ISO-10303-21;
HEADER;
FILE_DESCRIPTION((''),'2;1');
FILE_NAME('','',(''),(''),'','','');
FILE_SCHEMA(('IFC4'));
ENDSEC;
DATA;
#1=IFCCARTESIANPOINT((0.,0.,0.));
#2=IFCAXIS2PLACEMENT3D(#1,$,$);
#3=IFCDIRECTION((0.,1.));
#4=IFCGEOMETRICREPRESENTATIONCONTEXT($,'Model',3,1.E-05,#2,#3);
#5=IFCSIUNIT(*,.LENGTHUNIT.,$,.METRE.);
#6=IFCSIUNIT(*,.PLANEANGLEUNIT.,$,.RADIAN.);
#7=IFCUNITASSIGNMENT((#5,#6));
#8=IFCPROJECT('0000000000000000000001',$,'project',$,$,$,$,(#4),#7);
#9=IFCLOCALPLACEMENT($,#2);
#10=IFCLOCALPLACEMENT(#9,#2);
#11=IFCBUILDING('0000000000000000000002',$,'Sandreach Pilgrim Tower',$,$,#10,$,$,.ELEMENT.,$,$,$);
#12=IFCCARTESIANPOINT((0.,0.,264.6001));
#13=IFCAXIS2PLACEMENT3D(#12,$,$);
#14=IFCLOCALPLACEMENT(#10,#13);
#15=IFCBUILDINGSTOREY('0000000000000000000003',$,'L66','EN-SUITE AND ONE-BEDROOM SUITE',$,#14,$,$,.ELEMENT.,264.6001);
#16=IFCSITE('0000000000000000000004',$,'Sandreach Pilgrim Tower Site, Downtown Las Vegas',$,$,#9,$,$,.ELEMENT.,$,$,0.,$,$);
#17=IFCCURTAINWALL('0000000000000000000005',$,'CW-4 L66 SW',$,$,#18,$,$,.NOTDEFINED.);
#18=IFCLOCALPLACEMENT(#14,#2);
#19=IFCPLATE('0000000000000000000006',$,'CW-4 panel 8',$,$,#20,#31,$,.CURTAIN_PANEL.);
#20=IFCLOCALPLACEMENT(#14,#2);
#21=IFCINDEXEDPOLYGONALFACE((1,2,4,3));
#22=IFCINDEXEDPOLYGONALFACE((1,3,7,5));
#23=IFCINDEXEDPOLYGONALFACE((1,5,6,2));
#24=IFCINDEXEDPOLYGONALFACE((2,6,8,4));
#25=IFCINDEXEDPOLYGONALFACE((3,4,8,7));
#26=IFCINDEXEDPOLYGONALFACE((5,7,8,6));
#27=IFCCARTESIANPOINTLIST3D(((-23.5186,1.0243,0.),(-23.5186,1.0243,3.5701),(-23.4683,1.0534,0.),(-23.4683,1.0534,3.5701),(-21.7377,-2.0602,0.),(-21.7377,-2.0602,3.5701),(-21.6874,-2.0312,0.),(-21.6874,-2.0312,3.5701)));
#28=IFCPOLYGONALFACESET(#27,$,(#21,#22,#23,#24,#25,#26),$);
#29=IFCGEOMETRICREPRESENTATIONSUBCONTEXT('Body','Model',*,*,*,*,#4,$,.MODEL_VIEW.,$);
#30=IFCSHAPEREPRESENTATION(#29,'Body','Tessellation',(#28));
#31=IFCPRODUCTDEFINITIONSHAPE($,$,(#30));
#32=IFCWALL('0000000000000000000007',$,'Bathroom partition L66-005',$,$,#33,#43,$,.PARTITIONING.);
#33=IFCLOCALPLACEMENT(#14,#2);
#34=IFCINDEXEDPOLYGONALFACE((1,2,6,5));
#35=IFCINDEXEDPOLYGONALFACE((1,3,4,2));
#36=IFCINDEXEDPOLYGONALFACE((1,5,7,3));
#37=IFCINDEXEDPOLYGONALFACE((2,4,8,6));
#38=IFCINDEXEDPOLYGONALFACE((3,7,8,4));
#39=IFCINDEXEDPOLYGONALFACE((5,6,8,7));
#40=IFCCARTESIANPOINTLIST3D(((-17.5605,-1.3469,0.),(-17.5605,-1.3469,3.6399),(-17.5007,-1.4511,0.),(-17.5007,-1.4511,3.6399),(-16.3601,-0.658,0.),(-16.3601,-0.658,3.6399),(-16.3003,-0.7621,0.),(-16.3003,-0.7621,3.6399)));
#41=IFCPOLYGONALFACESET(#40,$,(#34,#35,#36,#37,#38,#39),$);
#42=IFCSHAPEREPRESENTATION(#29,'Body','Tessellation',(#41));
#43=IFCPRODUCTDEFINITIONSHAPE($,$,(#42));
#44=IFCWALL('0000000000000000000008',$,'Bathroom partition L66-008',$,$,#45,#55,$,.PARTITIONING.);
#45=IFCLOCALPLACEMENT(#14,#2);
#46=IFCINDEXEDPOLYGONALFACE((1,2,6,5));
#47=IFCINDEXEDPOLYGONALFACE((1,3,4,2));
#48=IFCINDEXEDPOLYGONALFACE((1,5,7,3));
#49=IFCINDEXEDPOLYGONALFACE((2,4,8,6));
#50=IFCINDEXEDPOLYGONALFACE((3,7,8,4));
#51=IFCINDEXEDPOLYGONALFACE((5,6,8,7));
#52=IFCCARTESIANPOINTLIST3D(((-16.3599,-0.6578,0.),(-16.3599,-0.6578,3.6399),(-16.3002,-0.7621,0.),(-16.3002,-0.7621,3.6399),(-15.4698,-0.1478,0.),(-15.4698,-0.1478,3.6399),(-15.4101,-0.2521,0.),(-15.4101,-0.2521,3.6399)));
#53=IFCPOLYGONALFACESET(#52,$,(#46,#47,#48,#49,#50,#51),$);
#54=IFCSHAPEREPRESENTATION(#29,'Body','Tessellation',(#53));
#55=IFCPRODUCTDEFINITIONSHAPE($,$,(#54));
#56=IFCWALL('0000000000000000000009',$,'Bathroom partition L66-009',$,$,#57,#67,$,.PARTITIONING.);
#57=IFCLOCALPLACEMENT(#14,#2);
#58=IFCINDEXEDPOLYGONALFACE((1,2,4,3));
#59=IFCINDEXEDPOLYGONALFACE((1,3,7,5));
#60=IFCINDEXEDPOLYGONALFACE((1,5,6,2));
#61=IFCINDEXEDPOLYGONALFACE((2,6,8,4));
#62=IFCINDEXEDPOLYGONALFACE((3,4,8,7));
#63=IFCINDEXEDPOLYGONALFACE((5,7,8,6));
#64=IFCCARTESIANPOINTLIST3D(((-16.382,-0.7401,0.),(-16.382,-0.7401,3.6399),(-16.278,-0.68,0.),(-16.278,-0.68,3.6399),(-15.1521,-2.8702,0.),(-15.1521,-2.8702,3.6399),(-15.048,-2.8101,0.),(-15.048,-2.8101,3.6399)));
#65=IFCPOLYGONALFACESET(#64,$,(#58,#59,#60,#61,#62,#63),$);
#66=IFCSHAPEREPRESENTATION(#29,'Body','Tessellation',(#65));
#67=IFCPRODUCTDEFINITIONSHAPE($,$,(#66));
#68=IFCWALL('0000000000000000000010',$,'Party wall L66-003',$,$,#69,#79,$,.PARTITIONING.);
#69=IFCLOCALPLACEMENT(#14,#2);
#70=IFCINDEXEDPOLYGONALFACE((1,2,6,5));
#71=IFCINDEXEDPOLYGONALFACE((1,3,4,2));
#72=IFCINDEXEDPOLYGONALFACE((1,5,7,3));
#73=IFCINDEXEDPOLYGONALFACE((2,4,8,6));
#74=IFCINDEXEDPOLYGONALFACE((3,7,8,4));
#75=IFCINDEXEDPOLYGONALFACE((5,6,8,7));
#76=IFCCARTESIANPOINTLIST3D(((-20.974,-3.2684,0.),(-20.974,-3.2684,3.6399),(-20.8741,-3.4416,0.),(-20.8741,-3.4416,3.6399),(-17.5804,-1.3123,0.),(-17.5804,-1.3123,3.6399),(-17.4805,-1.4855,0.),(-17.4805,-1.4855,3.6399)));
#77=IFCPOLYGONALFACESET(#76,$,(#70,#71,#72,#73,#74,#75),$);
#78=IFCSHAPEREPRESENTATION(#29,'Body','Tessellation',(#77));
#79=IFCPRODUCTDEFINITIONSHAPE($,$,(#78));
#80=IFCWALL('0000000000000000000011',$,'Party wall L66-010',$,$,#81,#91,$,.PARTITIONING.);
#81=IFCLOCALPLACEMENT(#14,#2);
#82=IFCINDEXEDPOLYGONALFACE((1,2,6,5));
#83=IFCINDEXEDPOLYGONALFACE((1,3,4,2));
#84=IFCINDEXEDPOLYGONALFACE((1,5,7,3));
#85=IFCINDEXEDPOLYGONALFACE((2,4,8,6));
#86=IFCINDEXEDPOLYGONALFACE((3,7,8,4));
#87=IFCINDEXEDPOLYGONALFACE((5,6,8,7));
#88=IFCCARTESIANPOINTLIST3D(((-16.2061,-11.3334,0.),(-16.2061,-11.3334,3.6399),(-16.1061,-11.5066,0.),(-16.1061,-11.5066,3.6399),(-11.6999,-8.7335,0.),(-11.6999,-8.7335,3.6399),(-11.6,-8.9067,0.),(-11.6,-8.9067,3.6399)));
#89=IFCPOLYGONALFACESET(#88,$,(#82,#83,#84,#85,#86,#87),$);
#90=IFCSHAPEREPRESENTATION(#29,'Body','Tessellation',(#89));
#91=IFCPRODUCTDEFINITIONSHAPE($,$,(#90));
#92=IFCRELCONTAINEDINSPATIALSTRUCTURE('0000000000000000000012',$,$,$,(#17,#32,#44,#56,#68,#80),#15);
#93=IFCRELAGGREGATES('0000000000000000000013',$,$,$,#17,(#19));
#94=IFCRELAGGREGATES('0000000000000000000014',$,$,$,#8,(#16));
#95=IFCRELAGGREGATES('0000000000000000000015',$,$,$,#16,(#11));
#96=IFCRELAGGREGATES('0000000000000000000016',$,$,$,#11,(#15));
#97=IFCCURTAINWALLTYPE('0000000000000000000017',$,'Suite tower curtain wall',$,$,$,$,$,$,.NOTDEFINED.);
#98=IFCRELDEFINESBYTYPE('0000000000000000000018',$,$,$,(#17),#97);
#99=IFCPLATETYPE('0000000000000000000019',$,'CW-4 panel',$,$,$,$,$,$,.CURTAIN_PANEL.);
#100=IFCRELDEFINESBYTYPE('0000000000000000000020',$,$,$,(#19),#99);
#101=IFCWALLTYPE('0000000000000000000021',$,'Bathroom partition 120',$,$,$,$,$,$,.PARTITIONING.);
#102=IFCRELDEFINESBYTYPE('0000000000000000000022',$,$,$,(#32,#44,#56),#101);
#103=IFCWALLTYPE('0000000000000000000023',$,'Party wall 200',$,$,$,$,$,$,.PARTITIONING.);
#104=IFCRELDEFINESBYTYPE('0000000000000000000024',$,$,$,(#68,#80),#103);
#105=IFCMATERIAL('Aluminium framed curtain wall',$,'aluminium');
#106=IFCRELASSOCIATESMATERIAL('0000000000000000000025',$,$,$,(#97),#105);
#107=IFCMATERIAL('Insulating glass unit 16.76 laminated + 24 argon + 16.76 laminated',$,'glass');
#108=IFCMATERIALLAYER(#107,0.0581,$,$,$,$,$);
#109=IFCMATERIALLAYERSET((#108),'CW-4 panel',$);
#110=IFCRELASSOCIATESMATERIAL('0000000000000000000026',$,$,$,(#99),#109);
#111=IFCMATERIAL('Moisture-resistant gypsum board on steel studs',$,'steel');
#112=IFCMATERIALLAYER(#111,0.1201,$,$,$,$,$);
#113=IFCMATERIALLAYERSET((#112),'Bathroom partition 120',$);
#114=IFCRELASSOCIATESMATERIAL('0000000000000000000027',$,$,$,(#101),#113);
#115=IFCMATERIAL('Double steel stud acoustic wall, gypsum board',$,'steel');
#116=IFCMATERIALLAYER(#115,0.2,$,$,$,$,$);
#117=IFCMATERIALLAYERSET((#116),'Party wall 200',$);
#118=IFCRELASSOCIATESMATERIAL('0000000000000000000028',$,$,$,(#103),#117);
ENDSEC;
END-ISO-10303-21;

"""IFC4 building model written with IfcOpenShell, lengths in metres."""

from ifc_helpers import new_model, si_unit, direction, frame, frame_2d, origin, origin_2d, place, context, subcontext, project, spatial, rectangle, extrude, material, layer, layer_set, type_object, element, aggregate, save


model = new_model("IFC4")

# Units and contexts
model_context = context("Model", 3, precision=1e-05, world=origin(), true_north=direction((0.0, 1.0)))
body_context = subcontext(model_context, "Body", "Model", "MODEL_VIEW")
ifc_project = project(units=[si_unit("LENGTHUNIT", "METRE"), si_unit("PLANEANGLEUNIT", "RADIAN")], contexts=[model_context])

# Site, building, storey
site_placement = place(None, origin())
site = spatial("IfcSite", under=ifc_project, at=site_placement, Name="Sandreach Pilgrim Tower Site, Downtown Las Vegas", CompositionType="ELEMENT", RefElevation=0.0)
building_placement = place(site_placement, origin())
building = spatial("IfcBuilding", under=site, at=building_placement, Name="Sandreach Pilgrim Tower", CompositionType="ELEMENT")
storey_placement = place(building_placement, frame((0.0, 0.0, 264.6001)))
storey = spatial("IfcBuildingStorey", under=building, at=storey_placement, Name="L66", Description="EN-SUITE AND ONE-BEDROOM SUITE", CompositionType="ELEMENT", Elevation=264.6001)

# Curtain wall
ifc_material_1 = material(Name="Aluminium framed curtain wall", Category="aluminium")
curtain_wall_type = type_object("IfcCurtainWallType", Name="Suite tower curtain wall", PredefinedType="NOTDEFINED", material=ifc_material_1)
curtain_wall_placement = place(storey_placement, origin())
curtain_wall = element("IfcCurtainWall", 1, at=curtain_wall_placement, inside=storey, type_object=curtain_wall_type, Name="CW-4 L66 SW", PredefinedType="NOTDEFINED")

# Plate
ifc_material_2 = material(Name="Insulating glass unit 16.76 laminated + 24 argon + 16.76 laminated", Category="glass")
ifc_layer_1 = layer(ifc_material_2, 0.0581)
ifc_layer_set_1 = layer_set([ifc_layer_1], Name="CW-4 panel")
plate_type = type_object("IfcPlateType", Name="CW-4 panel", PredefinedType="CURTAIN_PANEL", material=ifc_layer_set_1)
plate_1_placement = place(storey_placement, frame((-22.603, -0.5034, 0.0), z_axis=(0.0, 0.0, 1.0), x_axis=(-0.5, 0.866025, 0.0)))
plate_1 = element("IfcPlate", 2, at=plate_1_placement, type_object=plate_type, Name="CW-4 panel 8", PredefinedType="CURTAIN_PANEL", context=body_context, shape_type="SweptSolid", body=[
    extrude(rectangle(XDim=3.5618, YDim=0.0581, at=origin_2d()), origin(), (0.0, 0.0, 1.0), 3.5701),
])
aggregate(curtain_wall, [plate_1])

# Walls
ifc_material_3 = material(Name="Moisture-resistant gypsum board on steel studs", Category="steel")
ifc_layer_2 = layer(ifc_material_3, 0.1201)
ifc_layer_set_2 = layer_set([ifc_layer_2], Name="Bathroom partition 120")
wall_type_1 = type_object("IfcWallType", Name="Bathroom partition 120", PredefinedType="PARTITIONING", material=ifc_layer_set_2)
wall_1_placement = place(storey_placement, frame((-17.5305, -1.3989, 0.0), z_axis=(0.0, 0.0, 1.0), x_axis=(0.867308, 0.497772, 0.0)))
element("IfcWall", 3, at=wall_1_placement, inside=storey, type_object=wall_type_1, Name="Bathroom partition L66-005", PredefinedType="PARTITIONING", context=body_context, shape_type="SweptSolid", body=[
    extrude(rectangle(XDim=1.384, YDim=0.1201, at=frame_2d((0.6919, 0.0))), origin(), (0.0, 0.0, 1.0), 3.6399),
])
wall_2_placement = place(storey_placement, frame((-16.3301, -0.71, 0.0), z_axis=(0.0, 0.0, 1.0), x_axis=(0.867671, 0.497138, 0.0)))
element("IfcWall", 4, at=wall_2_placement, inside=storey, type_object=wall_type_1, Name="Bathroom partition L66-008", PredefinedType="PARTITIONING", context=body_context, shape_type="SweptSolid", body=[
    extrude(rectangle(XDim=1.0259, YDim=0.1201, at=frame_2d((0.5129, 0.0))), origin(), (0.0, 0.0, 1.0), 3.6399),
])
wall_3_placement = place(storey_placement, frame((-16.3301, -0.71, 0.0), z_axis=(0.0, 0.0, 1.0), x_axis=(0.500046, -0.865999, 0.0)))
element("IfcWall", 5, at=wall_3_placement, inside=storey, type_object=wall_type_1, Name="Bathroom partition L66-009", PredefinedType="PARTITIONING", context=body_context, shape_type="SweptSolid", body=[
    extrude(rectangle(XDim=2.4597, YDim=0.1201, at=frame_2d((1.23, 0.0))), origin(), (0.0, 0.0, 1.0), 3.6399),
])
ifc_material_4 = material(Name="Double steel stud acoustic wall, gypsum board", Category="steel")
ifc_layer_3 = layer(ifc_material_4, 0.2)
ifc_layer_set_3 = layer_set([ifc_layer_3], Name="Party wall 200")
wall_type_2 = type_object("IfcWallType", Name="Party wall 200", PredefinedType="PARTITIONING", material=ifc_layer_set_3)
wall_4_placement = place(storey_placement, frame((-20.9241, -3.355, 0.0), z_axis=(0.0, 0.0, 1.0), x_axis=(0.866381, 0.499384, 0.0)))
element("IfcWall", 6, at=wall_4_placement, inside=storey, type_object=wall_type_2, Name="Party wall L66-003", PredefinedType="PARTITIONING", context=body_context, shape_type="SweptSolid", body=[
    extrude(rectangle(XDim=3.917, YDim=0.2, at=frame_2d((1.9585, 0.0))), origin(), (0.0, 0.0, 1.0), 3.6399),
])
wall_5_placement = place(storey_placement, frame((-16.156, -11.4199, 0.0), z_axis=(0.0, 0.0, 1.0), x_axis=(0.866171, 0.499748, 0.0)))
element("IfcWall", 7, at=wall_5_placement, inside=storey, type_object=wall_type_2, Name="Party wall L66-010", PredefinedType="PARTITIONING", context=body_context, shape_type="SweptSolid", body=[
    extrude(rectangle(XDim=5.2024, YDim=0.2, at=frame_2d((2.6011, 0.0))), origin(), (0.0, 0.0, 1.0), 3.6399),
])

save(model, "model.ifc")
